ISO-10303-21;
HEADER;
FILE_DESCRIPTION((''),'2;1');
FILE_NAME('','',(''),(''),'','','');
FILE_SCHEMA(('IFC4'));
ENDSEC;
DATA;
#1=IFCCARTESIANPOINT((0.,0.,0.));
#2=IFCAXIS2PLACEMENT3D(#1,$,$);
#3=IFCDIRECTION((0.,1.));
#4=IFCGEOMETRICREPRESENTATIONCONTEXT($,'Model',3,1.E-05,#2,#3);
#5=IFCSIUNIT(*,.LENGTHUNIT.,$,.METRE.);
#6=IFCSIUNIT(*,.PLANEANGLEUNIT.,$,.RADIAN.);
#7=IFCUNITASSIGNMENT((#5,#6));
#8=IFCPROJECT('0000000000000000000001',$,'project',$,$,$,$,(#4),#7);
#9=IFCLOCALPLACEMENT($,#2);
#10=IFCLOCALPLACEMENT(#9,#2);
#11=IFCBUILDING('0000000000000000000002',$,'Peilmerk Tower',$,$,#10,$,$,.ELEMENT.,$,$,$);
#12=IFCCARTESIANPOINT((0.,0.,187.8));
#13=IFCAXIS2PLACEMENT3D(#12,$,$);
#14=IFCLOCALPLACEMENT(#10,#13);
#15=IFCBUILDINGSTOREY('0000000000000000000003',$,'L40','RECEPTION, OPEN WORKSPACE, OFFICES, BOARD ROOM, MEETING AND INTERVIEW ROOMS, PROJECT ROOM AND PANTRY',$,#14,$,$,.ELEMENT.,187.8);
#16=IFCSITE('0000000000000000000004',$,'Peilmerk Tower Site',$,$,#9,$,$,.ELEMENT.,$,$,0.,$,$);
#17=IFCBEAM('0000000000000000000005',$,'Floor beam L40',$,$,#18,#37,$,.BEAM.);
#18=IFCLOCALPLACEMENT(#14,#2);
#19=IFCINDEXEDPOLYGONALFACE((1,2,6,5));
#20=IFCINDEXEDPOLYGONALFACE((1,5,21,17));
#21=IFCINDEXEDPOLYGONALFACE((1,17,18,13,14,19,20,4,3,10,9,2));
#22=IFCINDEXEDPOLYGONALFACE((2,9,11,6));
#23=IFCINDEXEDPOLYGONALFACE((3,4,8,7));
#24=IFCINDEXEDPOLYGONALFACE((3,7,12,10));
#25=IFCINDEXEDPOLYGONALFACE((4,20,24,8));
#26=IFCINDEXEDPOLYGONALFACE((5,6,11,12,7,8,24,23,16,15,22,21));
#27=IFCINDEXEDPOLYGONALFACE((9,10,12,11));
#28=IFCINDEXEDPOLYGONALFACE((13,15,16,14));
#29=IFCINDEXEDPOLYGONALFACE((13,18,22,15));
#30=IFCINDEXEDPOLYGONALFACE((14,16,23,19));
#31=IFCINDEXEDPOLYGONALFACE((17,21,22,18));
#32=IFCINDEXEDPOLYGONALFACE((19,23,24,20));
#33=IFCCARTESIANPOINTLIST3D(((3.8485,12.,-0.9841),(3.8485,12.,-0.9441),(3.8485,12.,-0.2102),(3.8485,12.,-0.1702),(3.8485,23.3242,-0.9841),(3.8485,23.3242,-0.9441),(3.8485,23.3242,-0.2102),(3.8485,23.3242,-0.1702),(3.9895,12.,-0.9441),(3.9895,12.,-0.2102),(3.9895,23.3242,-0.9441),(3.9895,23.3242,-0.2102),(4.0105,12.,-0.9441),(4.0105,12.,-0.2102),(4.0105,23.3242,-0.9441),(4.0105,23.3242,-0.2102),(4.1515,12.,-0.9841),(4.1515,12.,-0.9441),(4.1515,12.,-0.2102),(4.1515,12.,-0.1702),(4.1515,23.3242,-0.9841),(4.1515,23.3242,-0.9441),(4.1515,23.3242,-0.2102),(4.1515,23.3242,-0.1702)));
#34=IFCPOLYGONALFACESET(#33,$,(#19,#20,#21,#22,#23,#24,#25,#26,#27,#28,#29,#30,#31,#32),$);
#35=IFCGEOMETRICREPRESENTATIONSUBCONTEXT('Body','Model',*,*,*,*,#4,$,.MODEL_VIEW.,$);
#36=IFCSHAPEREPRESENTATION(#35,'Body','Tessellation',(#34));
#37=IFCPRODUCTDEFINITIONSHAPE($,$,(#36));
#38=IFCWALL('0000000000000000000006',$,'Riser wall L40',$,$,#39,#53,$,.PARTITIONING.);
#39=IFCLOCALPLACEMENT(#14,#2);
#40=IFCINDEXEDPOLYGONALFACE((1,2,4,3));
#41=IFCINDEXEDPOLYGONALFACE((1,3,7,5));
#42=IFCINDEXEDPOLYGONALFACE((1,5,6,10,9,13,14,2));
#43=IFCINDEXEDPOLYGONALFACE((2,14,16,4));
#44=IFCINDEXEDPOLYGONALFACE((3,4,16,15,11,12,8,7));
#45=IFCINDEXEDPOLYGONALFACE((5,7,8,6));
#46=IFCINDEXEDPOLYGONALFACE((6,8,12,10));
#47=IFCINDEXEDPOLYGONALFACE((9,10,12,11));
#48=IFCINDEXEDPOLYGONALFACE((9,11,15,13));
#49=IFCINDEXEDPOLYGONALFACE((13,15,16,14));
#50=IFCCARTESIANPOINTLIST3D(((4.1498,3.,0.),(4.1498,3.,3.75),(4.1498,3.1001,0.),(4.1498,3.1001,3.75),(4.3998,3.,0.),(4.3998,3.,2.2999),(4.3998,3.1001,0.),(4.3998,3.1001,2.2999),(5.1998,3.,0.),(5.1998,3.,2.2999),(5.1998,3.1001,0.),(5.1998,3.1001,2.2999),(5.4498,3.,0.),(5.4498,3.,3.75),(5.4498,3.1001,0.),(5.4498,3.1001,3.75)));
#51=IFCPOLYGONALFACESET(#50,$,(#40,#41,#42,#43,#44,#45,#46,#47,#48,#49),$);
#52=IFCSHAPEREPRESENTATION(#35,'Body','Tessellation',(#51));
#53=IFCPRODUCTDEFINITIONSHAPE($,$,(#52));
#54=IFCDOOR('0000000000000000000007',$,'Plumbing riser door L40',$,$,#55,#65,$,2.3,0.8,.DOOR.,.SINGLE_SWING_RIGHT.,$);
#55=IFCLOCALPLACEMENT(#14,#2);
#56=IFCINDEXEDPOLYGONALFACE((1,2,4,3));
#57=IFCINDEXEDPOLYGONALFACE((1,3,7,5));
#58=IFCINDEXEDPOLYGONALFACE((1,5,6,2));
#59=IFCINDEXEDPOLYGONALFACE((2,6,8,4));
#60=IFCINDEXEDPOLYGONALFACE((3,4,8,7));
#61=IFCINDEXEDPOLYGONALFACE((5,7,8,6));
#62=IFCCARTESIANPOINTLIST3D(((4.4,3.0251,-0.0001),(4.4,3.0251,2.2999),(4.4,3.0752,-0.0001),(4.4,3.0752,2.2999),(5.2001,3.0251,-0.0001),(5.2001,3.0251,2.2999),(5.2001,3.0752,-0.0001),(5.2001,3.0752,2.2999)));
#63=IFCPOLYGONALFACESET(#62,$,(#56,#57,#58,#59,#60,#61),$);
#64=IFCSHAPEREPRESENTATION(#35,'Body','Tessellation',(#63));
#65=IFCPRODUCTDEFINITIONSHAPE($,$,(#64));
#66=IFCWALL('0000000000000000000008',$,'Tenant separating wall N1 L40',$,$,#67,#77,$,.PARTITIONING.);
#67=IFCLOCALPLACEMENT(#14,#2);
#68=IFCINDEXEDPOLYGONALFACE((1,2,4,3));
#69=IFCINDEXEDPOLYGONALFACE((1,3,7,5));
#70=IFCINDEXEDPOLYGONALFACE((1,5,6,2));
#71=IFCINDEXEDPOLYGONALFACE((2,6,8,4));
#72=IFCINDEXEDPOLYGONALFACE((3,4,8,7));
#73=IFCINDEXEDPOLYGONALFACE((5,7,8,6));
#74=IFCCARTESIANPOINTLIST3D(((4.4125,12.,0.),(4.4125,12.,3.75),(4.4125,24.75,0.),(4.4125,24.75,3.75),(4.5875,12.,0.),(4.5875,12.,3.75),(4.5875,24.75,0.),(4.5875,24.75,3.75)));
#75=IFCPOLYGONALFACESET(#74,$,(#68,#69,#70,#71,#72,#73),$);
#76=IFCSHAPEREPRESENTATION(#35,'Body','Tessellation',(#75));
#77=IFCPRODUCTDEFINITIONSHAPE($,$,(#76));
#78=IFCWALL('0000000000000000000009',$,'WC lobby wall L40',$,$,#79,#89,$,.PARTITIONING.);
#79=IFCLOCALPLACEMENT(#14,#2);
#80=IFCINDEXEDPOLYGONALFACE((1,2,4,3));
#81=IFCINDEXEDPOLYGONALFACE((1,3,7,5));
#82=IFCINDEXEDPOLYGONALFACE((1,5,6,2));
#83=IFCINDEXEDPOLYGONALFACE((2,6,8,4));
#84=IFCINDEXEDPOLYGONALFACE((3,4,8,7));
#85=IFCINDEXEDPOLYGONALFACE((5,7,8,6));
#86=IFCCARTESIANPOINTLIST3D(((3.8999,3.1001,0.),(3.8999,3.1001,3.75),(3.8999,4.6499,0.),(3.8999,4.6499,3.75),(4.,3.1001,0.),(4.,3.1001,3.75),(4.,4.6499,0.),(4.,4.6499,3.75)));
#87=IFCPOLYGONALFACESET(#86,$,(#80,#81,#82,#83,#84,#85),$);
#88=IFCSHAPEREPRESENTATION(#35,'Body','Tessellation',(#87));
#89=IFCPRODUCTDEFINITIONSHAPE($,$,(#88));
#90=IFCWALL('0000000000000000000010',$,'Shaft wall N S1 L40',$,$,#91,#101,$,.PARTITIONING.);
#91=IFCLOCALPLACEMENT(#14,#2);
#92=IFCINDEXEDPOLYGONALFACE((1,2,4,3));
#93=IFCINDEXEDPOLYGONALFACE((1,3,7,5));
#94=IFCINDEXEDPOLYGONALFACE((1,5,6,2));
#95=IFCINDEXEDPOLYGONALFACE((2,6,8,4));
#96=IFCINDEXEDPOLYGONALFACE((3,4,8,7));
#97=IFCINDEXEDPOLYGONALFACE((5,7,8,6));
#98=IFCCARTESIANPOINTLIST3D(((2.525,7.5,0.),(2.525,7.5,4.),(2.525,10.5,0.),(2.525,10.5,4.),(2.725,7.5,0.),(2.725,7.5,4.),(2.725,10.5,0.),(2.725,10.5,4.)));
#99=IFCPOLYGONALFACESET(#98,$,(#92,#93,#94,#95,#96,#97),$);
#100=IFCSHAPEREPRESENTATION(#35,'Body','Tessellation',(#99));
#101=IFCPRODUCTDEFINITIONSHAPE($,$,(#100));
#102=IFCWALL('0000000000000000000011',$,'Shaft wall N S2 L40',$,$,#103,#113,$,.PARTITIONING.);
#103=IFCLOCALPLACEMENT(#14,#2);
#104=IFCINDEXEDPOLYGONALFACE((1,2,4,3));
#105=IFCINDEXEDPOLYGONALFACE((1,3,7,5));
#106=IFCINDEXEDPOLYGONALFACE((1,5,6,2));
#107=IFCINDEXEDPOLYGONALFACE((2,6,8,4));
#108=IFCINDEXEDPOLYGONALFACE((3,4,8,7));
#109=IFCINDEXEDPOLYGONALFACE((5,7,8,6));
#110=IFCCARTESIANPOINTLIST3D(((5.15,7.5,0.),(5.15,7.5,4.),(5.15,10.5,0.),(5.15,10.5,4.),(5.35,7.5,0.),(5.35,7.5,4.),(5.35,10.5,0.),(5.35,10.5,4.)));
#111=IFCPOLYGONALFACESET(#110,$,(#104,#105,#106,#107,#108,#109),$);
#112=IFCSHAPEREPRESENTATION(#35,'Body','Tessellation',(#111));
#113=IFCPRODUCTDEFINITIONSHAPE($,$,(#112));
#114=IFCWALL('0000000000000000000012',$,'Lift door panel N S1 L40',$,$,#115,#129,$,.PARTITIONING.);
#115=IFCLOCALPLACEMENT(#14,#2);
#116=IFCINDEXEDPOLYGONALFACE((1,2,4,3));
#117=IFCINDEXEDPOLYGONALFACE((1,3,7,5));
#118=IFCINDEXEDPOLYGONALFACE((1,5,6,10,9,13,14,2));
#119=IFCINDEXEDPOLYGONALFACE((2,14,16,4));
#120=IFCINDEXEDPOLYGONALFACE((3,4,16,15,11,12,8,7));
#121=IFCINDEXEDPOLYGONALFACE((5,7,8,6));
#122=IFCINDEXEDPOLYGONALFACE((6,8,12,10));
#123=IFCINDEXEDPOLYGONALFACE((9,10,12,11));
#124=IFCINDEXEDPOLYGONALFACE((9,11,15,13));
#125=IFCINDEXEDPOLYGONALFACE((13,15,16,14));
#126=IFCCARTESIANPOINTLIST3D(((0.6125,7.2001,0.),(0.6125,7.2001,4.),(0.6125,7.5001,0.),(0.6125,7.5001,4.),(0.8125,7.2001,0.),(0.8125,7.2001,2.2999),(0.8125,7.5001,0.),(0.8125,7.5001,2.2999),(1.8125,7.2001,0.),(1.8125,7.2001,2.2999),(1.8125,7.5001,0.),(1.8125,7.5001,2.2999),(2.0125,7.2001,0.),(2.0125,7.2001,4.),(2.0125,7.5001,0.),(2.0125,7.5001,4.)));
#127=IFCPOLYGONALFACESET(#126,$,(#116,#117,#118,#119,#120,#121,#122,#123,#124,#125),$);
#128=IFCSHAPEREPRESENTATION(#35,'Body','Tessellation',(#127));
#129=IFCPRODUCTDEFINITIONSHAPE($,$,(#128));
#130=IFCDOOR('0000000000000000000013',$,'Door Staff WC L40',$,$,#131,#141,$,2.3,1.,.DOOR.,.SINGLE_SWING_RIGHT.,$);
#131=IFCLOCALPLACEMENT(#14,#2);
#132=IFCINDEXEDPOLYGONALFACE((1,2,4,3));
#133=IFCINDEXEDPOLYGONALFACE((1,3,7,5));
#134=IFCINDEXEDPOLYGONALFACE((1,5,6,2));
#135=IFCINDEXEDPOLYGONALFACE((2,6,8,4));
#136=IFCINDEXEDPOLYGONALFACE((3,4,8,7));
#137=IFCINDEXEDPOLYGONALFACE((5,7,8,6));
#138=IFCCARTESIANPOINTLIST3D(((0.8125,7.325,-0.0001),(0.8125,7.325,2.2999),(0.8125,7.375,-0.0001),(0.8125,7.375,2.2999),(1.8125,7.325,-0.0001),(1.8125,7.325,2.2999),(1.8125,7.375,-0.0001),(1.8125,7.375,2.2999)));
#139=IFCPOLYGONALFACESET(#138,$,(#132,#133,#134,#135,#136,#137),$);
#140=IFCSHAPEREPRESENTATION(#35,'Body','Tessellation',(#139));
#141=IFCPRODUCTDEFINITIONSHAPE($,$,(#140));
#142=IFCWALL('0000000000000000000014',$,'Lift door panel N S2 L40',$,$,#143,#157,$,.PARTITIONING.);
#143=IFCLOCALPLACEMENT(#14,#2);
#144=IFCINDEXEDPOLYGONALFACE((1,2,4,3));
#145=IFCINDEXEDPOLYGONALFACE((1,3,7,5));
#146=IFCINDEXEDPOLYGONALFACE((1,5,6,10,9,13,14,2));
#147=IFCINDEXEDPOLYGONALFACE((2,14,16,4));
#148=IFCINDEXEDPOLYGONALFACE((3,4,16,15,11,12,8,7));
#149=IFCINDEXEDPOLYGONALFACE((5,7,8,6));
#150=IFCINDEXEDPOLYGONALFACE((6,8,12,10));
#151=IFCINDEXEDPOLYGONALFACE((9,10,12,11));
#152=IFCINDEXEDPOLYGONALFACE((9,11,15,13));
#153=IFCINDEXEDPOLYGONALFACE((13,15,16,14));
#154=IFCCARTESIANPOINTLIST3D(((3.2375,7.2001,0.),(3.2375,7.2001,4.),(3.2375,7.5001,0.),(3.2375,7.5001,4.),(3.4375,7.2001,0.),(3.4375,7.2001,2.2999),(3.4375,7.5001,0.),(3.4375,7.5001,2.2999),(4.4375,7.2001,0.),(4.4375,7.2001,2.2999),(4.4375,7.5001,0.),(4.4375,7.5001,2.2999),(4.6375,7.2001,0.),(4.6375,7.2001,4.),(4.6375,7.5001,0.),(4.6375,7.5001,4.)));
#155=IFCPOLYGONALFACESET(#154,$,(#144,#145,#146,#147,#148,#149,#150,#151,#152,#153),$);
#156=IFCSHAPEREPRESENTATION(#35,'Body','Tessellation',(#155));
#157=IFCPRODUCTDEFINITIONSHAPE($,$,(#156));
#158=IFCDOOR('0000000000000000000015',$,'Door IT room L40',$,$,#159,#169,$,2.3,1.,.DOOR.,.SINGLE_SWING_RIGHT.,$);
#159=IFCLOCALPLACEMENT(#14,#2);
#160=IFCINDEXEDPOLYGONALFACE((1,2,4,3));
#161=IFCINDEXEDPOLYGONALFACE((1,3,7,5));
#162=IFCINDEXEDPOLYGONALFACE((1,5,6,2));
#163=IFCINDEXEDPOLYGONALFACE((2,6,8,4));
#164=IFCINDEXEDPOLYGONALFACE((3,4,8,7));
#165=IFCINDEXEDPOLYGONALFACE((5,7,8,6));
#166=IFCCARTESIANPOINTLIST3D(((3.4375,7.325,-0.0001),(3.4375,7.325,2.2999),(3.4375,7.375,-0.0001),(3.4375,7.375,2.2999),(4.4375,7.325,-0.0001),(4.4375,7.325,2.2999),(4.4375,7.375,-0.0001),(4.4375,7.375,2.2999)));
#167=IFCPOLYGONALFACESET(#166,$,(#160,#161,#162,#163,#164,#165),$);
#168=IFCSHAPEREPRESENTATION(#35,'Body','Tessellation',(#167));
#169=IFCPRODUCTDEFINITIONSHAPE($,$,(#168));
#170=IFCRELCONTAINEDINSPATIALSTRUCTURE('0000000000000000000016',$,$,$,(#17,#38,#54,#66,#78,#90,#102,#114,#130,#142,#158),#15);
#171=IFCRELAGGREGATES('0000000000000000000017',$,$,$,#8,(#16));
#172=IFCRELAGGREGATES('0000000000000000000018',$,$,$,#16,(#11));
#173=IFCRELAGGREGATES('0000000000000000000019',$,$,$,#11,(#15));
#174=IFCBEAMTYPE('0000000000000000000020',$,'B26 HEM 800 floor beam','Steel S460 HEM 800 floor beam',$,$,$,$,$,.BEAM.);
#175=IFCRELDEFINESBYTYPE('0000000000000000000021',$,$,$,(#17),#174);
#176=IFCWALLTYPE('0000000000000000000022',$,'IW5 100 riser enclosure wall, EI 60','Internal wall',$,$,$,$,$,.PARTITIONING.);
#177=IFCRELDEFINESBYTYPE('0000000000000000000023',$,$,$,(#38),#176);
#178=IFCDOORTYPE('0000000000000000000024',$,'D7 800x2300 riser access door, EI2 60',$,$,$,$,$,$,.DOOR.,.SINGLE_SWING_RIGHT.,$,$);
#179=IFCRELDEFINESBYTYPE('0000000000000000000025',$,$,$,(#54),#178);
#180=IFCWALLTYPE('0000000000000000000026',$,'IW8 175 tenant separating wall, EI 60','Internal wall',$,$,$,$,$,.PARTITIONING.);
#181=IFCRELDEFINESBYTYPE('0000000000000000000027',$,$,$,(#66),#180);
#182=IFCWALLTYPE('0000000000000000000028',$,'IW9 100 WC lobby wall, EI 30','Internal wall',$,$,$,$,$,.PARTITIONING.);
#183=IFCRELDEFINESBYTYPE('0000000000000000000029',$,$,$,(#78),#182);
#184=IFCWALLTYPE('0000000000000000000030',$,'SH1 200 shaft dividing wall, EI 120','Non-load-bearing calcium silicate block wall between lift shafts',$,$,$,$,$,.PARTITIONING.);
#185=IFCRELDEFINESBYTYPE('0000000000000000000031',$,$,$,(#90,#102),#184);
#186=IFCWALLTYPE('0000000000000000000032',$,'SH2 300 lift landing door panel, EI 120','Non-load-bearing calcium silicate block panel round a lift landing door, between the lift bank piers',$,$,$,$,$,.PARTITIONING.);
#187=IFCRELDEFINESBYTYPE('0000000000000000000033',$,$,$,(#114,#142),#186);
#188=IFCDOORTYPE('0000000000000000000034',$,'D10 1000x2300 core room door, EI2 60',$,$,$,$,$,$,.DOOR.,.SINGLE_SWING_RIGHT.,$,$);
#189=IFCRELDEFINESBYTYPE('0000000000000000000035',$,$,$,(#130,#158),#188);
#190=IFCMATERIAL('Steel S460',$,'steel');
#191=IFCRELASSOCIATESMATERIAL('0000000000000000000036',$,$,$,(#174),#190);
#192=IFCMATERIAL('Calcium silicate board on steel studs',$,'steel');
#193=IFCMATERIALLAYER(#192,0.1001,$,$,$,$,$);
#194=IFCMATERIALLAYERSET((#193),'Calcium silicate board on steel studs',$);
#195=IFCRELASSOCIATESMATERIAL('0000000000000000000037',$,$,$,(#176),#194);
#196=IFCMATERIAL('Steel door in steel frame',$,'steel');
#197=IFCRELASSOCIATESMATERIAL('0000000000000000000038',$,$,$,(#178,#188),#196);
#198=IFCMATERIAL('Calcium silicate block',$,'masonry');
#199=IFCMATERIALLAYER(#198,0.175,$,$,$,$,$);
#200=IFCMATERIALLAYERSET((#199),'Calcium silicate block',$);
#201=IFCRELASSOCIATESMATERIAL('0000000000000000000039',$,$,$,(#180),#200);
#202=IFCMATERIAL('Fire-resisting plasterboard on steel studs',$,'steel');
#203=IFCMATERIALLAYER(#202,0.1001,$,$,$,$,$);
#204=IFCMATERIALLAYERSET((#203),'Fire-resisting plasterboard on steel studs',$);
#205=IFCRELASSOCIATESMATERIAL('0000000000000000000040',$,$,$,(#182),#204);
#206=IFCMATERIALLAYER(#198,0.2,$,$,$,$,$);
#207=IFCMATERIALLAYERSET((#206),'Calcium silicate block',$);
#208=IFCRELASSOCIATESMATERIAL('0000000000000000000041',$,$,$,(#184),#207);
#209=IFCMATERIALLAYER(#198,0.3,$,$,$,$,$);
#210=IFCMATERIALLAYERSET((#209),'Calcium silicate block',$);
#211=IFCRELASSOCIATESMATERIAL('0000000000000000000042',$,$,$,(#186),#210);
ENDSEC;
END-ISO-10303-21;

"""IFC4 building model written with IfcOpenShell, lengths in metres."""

from ifc_helpers import new_model, si_unit, direction, frame, frame_2d, origin, origin_2d, place, context, subcontext, project, spatial, rectangle, i_section, extrude, material, layer, layer_set, material_profile, profile_set, type_object, element, fill, save


model = new_model("IFC4")

# Units and contexts
model_context = context("Model", 3, precision=1e-05, world=origin(), true_north=direction((0.0, 1.0)))
body_context = subcontext(model_context, "Body", "Model", "MODEL_VIEW")
ifc_project = project(units=[si_unit("LENGTHUNIT", "METRE"), si_unit("PLANEANGLEUNIT", "RADIAN")], contexts=[model_context])

# Site, building, storey
site_placement = place(None, origin())
site = spatial("IfcSite", under=ifc_project, at=site_placement, Name="Peilmerk Tower Site", CompositionType="ELEMENT", RefElevation=0.0)
building_placement = place(site_placement, origin())
building = spatial("IfcBuilding", under=site, at=building_placement, Name="Peilmerk Tower", CompositionType="ELEMENT")
storey_placement = place(building_placement, frame((0.0, 0.0, 187.8)))
storey = spatial("IfcBuildingStorey", under=building, at=storey_placement, Name="L40", Description="RECEPTION, OPEN WORKSPACE, OFFICES, BOARD ROOM, MEETING AND INTERVIEW ROOMS, PROJECT ROOM AND PANTRY", CompositionType="ELEMENT", Elevation=187.8)

# Beam
ifc_material_1 = material(Name="Steel S460", Category="steel")
ifc_material_profile = material_profile(ifc_material_1, i_section(OverallWidth=0.303, OverallDepth=0.814, WebThickness=0.021, FlangeThickness=0.04, at=origin_2d()), Name="HEM 800")
ifc_profile_set = profile_set([ifc_material_profile], Name="Steel S460")
beam_type = type_object("IfcBeamType", Name="B26 HEM 800 floor beam", Description="Steel S460 HEM 800 floor beam", PredefinedType="BEAM", material=ifc_profile_set)
beam_placement = place(storey_placement, frame((4.0, 12.0, -0.5771), z_axis=(0.0, 1.0, 0.0), x_axis=(-1.0, 0.0, 0.0)))
element("IfcBeam", 1, at=beam_placement, inside=storey, type_object=beam_type, Name="Floor beam L40", PredefinedType="BEAM", context=body_context, shape_type="SweptSolid", body=[
    extrude(i_section(OverallWidth=0.303, OverallDepth=0.814, WebThickness=0.021, FlangeThickness=0.04, at=origin_2d()), origin(), (0.0, 0.0, 1.0), 11.3242),
])

# Wall, opening, door
ifc_material_2 = material(Name="Calcium silicate board on steel studs", Category="steel")
ifc_layer_1 = layer(ifc_material_2, 0.1001)
ifc_layer_set_1 = layer_set([ifc_layer_1], Name="Calcium silicate board on steel studs")
wall_type_1 = type_object("IfcWallType", Name="IW5 100 riser enclosure wall, EI 60", Description="Internal wall", PredefinedType="PARTITIONING", material=ifc_layer_set_1)
wall_1_placement = place(storey_placement, frame((4.1499, 3.05, 0.0), z_axis=(0.0, 0.0, 1.0), x_axis=(1.0, 0.0, 0.0)))
wall_1 = element("IfcWall", 2, at=wall_1_placement, inside=storey, type_object=wall_type_1, Name="Riser wall L40", PredefinedType="PARTITIONING", context=body_context, shape_type="SweptSolid", body=[
    extrude(rectangle(XDim=1.3, YDim=0.1001, at=frame_2d((0.6499, 0.0))), origin(), (0.0, 0.0, 1.0), 3.75),
])
opening_1_placement = place(wall_1_placement, frame((0.25, 0.0, 0.0)))
opening_1 = element("IfcOpeningElement", 3, at=opening_1_placement, cuts=wall_1, PredefinedType="OPENING", context=body_context, shape_type="SweptSolid", body=[
    extrude(rectangle(XDim=0.8, YDim=2.3, at=frame_2d((0.3999, 1.1499))), frame((0.0, 0.0601, 0.0), z_axis=(0.0, -1.0, 0.0), x_axis=(1.0, 0.0, 0.0)), (0.0, 0.0, 1.0), 0.1201),
])
ifc_material_3 = material(Name="Steel door in steel frame", Category="steel")
door_type_1 = type_object("IfcDoorType", Name="D7 800x2300 riser access door, EI2 60", OperationType="SINGLE_SWING_RIGHT", PredefinedType="DOOR", material=ifc_material_3)
door_1_placement = place(opening_1_placement, frame((0.8, 0.0, 0.0), z_axis=(0.0, 0.0, 1.0), x_axis=(-1.0, 0.0, 0.0)))
door_1 = element("IfcDoor", 4, at=door_1_placement, inside=storey, type_object=door_type_1, Name="Plumbing riser door L40", OperationType="SINGLE_SWING_RIGHT", OverallHeight=2.3, OverallWidth=0.8, PredefinedType="DOOR", context=body_context, shape_type="SweptSolid", body=[
    extrude(rectangle(XDim=0.8, YDim=2.3, at=frame_2d((0.3999, 1.1499))), frame((0.0, 0.0249, 0.0), z_axis=(0.0, -1.0, 0.0), x_axis=(1.0, 0.0, 0.0)), (0.0, 0.0, 1.0), 0.05),
])
fill(opening_1, door_1)

# Walls
ifc_material_4 = material(Name="Calcium silicate block", Category="masonry")
ifc_layer_2 = layer(ifc_material_4, 0.175)
ifc_layer_set_2 = layer_set([ifc_layer_2], Name="Calcium silicate block")
wall_type_2 = type_object("IfcWallType", Name="IW8 175 tenant separating wall, EI 60", Description="Internal wall", PredefinedType="PARTITIONING", material=ifc_layer_set_2)
wall_2_placement = place(storey_placement, frame((4.5, 12.0, 0.0), z_axis=(0.0, 0.0, 1.0), x_axis=(0.0, 1.0, 0.0)))
element("IfcWall", 5, at=wall_2_placement, inside=storey, type_object=wall_type_2, Name="Tenant separating wall N1 L40", PredefinedType="PARTITIONING", context=body_context, shape_type="SweptSolid", body=[
    extrude(rectangle(XDim=12.75, YDim=0.175, at=frame_2d((6.375, 0.0))), origin(), (0.0, 0.0, 1.0), 3.75),
])
ifc_material_5 = material(Name="Fire-resisting plasterboard on steel studs", Category="steel")
ifc_layer_3 = layer(ifc_material_5, 0.1001)
ifc_layer_set_3 = layer_set([ifc_layer_3], Name="Fire-resisting plasterboard on steel studs")
wall_type_3 = type_object("IfcWallType", Name="IW9 100 WC lobby wall, EI 30", Description="Internal wall", PredefinedType="PARTITIONING", material=ifc_layer_set_3)
wall_3_placement = place(storey_placement, frame((3.95, 3.1001, 0.0), z_axis=(0.0, 0.0, 1.0), x_axis=(0.0, 1.0, 0.0)))
element("IfcWall", 6, at=wall_3_placement, inside=storey, type_object=wall_type_3, Name="WC lobby wall L40", PredefinedType="PARTITIONING", context=body_context, shape_type="SweptSolid", body=[
    extrude(rectangle(XDim=1.5498, YDim=0.1001, at=frame_2d((0.7749, 0.0))), origin(), (0.0, 0.0, 1.0), 3.75),
])
ifc_layer_4 = layer(ifc_material_4, 0.2)
ifc_layer_set_4 = layer_set([ifc_layer_4], Name="Calcium silicate block")
wall_type_4 = type_object("IfcWallType", Name="SH1 200 shaft dividing wall, EI 120", Description="Non-load-bearing calcium silicate block wall between lift shafts", PredefinedType="PARTITIONING", material=ifc_layer_set_4)
for number, where, z_axis, x_axis, name in (
    (7, (2.625, 7.5, 0.0), (0.0, 0.0, 1.0), (0.0, 1.0, 0.0), "Shaft wall N S1 L40"),
    (8, (5.25, 7.5, 0.0), (0.0, 0.0, 1.0), (0.0, 1.0, 0.0), "Shaft wall N S2 L40"),
):
    element("IfcWall", number, at=place(storey_placement, frame(where, z_axis=z_axis, x_axis=x_axis)), inside=storey, type_object=wall_type_4, Name=name, PredefinedType="PARTITIONING", context=body_context, shape_type="SweptSolid", body=[
        extrude(rectangle(XDim=3.0, YDim=0.2, at=frame_2d((1.5, 0.0))), origin(), (0.0, 0.0, 1.0), 4.0),
    ])

# Walls, openings, doors
ifc_layer_5 = layer(ifc_material_4, 0.3)
ifc_layer_set_5 = layer_set([ifc_layer_5], Name="Calcium silicate block")
wall_type_5 = type_object("IfcWallType", Name="SH2 300 lift landing door panel, EI 120", Description="Non-load-bearing calcium silicate block panel round a lift landing door, between the lift bank piers", PredefinedType="PARTITIONING", material=ifc_layer_set_5)
wall_4_placement = place(storey_placement, frame((0.6125, 7.3501, 0.0), z_axis=(0.0, 0.0, 1.0), x_axis=(1.0, 0.0, 0.0)))
wall_4 = element("IfcWall", 9, at=wall_4_placement, inside=storey, type_object=wall_type_5, Name="Lift door panel N S1 L40", PredefinedType="PARTITIONING", context=body_context, shape_type="SweptSolid", body=[
    extrude(rectangle(XDim=1.3999, YDim=0.3, at=frame_2d((0.7, 0.0))), origin(), (0.0, 0.0, 1.0), 4.0),
])
opening_2_placement = place(wall_4_placement, frame((0.2, 0.0, 0.0)))
opening_2 = element("IfcOpeningElement", 10, at=opening_2_placement, cuts=wall_4, PredefinedType="OPENING", context=body_context, shape_type="SweptSolid", body=[
    extrude(rectangle(XDim=1.0, YDim=2.3, at=frame_2d((0.5, 1.1499))), frame((0.0, 0.1599, 0.0), z_axis=(0.0, -1.0, 0.0), x_axis=(1.0, 0.0, 0.0)), (0.0, 0.0, 1.0), 0.3201),
])
door_type_2 = type_object("IfcDoorType", Name="D10 1000x2300 core room door, EI2 60", OperationType="SINGLE_SWING_RIGHT", PredefinedType="DOOR", material=ifc_material_3)
door_2_placement = place(opening_2_placement, origin())
door_2 = element("IfcDoor", 11, at=door_2_placement, inside=storey, type_object=door_type_2, Name="Door Staff WC L40", OperationType="SINGLE_SWING_RIGHT", OverallHeight=2.3, OverallWidth=1.0, PredefinedType="DOOR", context=body_context, shape_type="SweptSolid", body=[
    extrude(rectangle(XDim=1.0, YDim=2.3, at=frame_2d((0.5, 1.1499))), frame((0.0, 0.0249, 0.0), z_axis=(0.0, -1.0, 0.0), x_axis=(1.0, 0.0, 0.0)), (0.0, 0.0, 1.0), 0.05),
])
fill(opening_2, door_2)
wall_5_placement = place(storey_placement, frame((3.2375, 7.3501, 0.0), z_axis=(0.0, 0.0, 1.0), x_axis=(1.0, 0.0, 0.0)))
wall_5 = element("IfcWall", 12, at=wall_5_placement, inside=storey, type_object=wall_type_5, Name="Lift door panel N S2 L40", PredefinedType="PARTITIONING", context=body_context, shape_type="SweptSolid", body=[
    extrude(rectangle(XDim=1.3999, YDim=0.3, at=frame_2d((0.7, 0.0))), origin(), (0.0, 0.0, 1.0), 4.0),
])
opening_3_placement = place(wall_5_placement, frame((0.2, 0.0, 0.0)))
opening_3 = element("IfcOpeningElement", 13, at=opening_3_placement, cuts=wall_5, PredefinedType="OPENING", context=body_context, shape_type="SweptSolid", body=[
    extrude(rectangle(XDim=1.0, YDim=2.3, at=frame_2d((0.5, 1.1499))), frame((0.0, 0.1599, 0.0), z_axis=(0.0, -1.0, 0.0), x_axis=(1.0, 0.0, 0.0)), (0.0, 0.0, 1.0), 0.3201),
])
door_3_placement = place(opening_3_placement, origin())
door_3 = element("IfcDoor", 14, at=door_3_placement, inside=storey, type_object=door_type_2, Name="Door IT room L40", OperationType="SINGLE_SWING_RIGHT", OverallHeight=2.3, OverallWidth=1.0, PredefinedType="DOOR", context=body_context, shape_type="SweptSolid", body=[
    extrude(rectangle(XDim=1.0, YDim=2.3, at=frame_2d((0.5, 1.1499))), frame((0.0, 0.0249, 0.0), z_axis=(0.0, -1.0, 0.0), x_axis=(1.0, 0.0, 0.0)), (0.0, 0.0, 1.0), 0.05),
])
fill(opening_3, door_3)

save(model, "model.ifc")
